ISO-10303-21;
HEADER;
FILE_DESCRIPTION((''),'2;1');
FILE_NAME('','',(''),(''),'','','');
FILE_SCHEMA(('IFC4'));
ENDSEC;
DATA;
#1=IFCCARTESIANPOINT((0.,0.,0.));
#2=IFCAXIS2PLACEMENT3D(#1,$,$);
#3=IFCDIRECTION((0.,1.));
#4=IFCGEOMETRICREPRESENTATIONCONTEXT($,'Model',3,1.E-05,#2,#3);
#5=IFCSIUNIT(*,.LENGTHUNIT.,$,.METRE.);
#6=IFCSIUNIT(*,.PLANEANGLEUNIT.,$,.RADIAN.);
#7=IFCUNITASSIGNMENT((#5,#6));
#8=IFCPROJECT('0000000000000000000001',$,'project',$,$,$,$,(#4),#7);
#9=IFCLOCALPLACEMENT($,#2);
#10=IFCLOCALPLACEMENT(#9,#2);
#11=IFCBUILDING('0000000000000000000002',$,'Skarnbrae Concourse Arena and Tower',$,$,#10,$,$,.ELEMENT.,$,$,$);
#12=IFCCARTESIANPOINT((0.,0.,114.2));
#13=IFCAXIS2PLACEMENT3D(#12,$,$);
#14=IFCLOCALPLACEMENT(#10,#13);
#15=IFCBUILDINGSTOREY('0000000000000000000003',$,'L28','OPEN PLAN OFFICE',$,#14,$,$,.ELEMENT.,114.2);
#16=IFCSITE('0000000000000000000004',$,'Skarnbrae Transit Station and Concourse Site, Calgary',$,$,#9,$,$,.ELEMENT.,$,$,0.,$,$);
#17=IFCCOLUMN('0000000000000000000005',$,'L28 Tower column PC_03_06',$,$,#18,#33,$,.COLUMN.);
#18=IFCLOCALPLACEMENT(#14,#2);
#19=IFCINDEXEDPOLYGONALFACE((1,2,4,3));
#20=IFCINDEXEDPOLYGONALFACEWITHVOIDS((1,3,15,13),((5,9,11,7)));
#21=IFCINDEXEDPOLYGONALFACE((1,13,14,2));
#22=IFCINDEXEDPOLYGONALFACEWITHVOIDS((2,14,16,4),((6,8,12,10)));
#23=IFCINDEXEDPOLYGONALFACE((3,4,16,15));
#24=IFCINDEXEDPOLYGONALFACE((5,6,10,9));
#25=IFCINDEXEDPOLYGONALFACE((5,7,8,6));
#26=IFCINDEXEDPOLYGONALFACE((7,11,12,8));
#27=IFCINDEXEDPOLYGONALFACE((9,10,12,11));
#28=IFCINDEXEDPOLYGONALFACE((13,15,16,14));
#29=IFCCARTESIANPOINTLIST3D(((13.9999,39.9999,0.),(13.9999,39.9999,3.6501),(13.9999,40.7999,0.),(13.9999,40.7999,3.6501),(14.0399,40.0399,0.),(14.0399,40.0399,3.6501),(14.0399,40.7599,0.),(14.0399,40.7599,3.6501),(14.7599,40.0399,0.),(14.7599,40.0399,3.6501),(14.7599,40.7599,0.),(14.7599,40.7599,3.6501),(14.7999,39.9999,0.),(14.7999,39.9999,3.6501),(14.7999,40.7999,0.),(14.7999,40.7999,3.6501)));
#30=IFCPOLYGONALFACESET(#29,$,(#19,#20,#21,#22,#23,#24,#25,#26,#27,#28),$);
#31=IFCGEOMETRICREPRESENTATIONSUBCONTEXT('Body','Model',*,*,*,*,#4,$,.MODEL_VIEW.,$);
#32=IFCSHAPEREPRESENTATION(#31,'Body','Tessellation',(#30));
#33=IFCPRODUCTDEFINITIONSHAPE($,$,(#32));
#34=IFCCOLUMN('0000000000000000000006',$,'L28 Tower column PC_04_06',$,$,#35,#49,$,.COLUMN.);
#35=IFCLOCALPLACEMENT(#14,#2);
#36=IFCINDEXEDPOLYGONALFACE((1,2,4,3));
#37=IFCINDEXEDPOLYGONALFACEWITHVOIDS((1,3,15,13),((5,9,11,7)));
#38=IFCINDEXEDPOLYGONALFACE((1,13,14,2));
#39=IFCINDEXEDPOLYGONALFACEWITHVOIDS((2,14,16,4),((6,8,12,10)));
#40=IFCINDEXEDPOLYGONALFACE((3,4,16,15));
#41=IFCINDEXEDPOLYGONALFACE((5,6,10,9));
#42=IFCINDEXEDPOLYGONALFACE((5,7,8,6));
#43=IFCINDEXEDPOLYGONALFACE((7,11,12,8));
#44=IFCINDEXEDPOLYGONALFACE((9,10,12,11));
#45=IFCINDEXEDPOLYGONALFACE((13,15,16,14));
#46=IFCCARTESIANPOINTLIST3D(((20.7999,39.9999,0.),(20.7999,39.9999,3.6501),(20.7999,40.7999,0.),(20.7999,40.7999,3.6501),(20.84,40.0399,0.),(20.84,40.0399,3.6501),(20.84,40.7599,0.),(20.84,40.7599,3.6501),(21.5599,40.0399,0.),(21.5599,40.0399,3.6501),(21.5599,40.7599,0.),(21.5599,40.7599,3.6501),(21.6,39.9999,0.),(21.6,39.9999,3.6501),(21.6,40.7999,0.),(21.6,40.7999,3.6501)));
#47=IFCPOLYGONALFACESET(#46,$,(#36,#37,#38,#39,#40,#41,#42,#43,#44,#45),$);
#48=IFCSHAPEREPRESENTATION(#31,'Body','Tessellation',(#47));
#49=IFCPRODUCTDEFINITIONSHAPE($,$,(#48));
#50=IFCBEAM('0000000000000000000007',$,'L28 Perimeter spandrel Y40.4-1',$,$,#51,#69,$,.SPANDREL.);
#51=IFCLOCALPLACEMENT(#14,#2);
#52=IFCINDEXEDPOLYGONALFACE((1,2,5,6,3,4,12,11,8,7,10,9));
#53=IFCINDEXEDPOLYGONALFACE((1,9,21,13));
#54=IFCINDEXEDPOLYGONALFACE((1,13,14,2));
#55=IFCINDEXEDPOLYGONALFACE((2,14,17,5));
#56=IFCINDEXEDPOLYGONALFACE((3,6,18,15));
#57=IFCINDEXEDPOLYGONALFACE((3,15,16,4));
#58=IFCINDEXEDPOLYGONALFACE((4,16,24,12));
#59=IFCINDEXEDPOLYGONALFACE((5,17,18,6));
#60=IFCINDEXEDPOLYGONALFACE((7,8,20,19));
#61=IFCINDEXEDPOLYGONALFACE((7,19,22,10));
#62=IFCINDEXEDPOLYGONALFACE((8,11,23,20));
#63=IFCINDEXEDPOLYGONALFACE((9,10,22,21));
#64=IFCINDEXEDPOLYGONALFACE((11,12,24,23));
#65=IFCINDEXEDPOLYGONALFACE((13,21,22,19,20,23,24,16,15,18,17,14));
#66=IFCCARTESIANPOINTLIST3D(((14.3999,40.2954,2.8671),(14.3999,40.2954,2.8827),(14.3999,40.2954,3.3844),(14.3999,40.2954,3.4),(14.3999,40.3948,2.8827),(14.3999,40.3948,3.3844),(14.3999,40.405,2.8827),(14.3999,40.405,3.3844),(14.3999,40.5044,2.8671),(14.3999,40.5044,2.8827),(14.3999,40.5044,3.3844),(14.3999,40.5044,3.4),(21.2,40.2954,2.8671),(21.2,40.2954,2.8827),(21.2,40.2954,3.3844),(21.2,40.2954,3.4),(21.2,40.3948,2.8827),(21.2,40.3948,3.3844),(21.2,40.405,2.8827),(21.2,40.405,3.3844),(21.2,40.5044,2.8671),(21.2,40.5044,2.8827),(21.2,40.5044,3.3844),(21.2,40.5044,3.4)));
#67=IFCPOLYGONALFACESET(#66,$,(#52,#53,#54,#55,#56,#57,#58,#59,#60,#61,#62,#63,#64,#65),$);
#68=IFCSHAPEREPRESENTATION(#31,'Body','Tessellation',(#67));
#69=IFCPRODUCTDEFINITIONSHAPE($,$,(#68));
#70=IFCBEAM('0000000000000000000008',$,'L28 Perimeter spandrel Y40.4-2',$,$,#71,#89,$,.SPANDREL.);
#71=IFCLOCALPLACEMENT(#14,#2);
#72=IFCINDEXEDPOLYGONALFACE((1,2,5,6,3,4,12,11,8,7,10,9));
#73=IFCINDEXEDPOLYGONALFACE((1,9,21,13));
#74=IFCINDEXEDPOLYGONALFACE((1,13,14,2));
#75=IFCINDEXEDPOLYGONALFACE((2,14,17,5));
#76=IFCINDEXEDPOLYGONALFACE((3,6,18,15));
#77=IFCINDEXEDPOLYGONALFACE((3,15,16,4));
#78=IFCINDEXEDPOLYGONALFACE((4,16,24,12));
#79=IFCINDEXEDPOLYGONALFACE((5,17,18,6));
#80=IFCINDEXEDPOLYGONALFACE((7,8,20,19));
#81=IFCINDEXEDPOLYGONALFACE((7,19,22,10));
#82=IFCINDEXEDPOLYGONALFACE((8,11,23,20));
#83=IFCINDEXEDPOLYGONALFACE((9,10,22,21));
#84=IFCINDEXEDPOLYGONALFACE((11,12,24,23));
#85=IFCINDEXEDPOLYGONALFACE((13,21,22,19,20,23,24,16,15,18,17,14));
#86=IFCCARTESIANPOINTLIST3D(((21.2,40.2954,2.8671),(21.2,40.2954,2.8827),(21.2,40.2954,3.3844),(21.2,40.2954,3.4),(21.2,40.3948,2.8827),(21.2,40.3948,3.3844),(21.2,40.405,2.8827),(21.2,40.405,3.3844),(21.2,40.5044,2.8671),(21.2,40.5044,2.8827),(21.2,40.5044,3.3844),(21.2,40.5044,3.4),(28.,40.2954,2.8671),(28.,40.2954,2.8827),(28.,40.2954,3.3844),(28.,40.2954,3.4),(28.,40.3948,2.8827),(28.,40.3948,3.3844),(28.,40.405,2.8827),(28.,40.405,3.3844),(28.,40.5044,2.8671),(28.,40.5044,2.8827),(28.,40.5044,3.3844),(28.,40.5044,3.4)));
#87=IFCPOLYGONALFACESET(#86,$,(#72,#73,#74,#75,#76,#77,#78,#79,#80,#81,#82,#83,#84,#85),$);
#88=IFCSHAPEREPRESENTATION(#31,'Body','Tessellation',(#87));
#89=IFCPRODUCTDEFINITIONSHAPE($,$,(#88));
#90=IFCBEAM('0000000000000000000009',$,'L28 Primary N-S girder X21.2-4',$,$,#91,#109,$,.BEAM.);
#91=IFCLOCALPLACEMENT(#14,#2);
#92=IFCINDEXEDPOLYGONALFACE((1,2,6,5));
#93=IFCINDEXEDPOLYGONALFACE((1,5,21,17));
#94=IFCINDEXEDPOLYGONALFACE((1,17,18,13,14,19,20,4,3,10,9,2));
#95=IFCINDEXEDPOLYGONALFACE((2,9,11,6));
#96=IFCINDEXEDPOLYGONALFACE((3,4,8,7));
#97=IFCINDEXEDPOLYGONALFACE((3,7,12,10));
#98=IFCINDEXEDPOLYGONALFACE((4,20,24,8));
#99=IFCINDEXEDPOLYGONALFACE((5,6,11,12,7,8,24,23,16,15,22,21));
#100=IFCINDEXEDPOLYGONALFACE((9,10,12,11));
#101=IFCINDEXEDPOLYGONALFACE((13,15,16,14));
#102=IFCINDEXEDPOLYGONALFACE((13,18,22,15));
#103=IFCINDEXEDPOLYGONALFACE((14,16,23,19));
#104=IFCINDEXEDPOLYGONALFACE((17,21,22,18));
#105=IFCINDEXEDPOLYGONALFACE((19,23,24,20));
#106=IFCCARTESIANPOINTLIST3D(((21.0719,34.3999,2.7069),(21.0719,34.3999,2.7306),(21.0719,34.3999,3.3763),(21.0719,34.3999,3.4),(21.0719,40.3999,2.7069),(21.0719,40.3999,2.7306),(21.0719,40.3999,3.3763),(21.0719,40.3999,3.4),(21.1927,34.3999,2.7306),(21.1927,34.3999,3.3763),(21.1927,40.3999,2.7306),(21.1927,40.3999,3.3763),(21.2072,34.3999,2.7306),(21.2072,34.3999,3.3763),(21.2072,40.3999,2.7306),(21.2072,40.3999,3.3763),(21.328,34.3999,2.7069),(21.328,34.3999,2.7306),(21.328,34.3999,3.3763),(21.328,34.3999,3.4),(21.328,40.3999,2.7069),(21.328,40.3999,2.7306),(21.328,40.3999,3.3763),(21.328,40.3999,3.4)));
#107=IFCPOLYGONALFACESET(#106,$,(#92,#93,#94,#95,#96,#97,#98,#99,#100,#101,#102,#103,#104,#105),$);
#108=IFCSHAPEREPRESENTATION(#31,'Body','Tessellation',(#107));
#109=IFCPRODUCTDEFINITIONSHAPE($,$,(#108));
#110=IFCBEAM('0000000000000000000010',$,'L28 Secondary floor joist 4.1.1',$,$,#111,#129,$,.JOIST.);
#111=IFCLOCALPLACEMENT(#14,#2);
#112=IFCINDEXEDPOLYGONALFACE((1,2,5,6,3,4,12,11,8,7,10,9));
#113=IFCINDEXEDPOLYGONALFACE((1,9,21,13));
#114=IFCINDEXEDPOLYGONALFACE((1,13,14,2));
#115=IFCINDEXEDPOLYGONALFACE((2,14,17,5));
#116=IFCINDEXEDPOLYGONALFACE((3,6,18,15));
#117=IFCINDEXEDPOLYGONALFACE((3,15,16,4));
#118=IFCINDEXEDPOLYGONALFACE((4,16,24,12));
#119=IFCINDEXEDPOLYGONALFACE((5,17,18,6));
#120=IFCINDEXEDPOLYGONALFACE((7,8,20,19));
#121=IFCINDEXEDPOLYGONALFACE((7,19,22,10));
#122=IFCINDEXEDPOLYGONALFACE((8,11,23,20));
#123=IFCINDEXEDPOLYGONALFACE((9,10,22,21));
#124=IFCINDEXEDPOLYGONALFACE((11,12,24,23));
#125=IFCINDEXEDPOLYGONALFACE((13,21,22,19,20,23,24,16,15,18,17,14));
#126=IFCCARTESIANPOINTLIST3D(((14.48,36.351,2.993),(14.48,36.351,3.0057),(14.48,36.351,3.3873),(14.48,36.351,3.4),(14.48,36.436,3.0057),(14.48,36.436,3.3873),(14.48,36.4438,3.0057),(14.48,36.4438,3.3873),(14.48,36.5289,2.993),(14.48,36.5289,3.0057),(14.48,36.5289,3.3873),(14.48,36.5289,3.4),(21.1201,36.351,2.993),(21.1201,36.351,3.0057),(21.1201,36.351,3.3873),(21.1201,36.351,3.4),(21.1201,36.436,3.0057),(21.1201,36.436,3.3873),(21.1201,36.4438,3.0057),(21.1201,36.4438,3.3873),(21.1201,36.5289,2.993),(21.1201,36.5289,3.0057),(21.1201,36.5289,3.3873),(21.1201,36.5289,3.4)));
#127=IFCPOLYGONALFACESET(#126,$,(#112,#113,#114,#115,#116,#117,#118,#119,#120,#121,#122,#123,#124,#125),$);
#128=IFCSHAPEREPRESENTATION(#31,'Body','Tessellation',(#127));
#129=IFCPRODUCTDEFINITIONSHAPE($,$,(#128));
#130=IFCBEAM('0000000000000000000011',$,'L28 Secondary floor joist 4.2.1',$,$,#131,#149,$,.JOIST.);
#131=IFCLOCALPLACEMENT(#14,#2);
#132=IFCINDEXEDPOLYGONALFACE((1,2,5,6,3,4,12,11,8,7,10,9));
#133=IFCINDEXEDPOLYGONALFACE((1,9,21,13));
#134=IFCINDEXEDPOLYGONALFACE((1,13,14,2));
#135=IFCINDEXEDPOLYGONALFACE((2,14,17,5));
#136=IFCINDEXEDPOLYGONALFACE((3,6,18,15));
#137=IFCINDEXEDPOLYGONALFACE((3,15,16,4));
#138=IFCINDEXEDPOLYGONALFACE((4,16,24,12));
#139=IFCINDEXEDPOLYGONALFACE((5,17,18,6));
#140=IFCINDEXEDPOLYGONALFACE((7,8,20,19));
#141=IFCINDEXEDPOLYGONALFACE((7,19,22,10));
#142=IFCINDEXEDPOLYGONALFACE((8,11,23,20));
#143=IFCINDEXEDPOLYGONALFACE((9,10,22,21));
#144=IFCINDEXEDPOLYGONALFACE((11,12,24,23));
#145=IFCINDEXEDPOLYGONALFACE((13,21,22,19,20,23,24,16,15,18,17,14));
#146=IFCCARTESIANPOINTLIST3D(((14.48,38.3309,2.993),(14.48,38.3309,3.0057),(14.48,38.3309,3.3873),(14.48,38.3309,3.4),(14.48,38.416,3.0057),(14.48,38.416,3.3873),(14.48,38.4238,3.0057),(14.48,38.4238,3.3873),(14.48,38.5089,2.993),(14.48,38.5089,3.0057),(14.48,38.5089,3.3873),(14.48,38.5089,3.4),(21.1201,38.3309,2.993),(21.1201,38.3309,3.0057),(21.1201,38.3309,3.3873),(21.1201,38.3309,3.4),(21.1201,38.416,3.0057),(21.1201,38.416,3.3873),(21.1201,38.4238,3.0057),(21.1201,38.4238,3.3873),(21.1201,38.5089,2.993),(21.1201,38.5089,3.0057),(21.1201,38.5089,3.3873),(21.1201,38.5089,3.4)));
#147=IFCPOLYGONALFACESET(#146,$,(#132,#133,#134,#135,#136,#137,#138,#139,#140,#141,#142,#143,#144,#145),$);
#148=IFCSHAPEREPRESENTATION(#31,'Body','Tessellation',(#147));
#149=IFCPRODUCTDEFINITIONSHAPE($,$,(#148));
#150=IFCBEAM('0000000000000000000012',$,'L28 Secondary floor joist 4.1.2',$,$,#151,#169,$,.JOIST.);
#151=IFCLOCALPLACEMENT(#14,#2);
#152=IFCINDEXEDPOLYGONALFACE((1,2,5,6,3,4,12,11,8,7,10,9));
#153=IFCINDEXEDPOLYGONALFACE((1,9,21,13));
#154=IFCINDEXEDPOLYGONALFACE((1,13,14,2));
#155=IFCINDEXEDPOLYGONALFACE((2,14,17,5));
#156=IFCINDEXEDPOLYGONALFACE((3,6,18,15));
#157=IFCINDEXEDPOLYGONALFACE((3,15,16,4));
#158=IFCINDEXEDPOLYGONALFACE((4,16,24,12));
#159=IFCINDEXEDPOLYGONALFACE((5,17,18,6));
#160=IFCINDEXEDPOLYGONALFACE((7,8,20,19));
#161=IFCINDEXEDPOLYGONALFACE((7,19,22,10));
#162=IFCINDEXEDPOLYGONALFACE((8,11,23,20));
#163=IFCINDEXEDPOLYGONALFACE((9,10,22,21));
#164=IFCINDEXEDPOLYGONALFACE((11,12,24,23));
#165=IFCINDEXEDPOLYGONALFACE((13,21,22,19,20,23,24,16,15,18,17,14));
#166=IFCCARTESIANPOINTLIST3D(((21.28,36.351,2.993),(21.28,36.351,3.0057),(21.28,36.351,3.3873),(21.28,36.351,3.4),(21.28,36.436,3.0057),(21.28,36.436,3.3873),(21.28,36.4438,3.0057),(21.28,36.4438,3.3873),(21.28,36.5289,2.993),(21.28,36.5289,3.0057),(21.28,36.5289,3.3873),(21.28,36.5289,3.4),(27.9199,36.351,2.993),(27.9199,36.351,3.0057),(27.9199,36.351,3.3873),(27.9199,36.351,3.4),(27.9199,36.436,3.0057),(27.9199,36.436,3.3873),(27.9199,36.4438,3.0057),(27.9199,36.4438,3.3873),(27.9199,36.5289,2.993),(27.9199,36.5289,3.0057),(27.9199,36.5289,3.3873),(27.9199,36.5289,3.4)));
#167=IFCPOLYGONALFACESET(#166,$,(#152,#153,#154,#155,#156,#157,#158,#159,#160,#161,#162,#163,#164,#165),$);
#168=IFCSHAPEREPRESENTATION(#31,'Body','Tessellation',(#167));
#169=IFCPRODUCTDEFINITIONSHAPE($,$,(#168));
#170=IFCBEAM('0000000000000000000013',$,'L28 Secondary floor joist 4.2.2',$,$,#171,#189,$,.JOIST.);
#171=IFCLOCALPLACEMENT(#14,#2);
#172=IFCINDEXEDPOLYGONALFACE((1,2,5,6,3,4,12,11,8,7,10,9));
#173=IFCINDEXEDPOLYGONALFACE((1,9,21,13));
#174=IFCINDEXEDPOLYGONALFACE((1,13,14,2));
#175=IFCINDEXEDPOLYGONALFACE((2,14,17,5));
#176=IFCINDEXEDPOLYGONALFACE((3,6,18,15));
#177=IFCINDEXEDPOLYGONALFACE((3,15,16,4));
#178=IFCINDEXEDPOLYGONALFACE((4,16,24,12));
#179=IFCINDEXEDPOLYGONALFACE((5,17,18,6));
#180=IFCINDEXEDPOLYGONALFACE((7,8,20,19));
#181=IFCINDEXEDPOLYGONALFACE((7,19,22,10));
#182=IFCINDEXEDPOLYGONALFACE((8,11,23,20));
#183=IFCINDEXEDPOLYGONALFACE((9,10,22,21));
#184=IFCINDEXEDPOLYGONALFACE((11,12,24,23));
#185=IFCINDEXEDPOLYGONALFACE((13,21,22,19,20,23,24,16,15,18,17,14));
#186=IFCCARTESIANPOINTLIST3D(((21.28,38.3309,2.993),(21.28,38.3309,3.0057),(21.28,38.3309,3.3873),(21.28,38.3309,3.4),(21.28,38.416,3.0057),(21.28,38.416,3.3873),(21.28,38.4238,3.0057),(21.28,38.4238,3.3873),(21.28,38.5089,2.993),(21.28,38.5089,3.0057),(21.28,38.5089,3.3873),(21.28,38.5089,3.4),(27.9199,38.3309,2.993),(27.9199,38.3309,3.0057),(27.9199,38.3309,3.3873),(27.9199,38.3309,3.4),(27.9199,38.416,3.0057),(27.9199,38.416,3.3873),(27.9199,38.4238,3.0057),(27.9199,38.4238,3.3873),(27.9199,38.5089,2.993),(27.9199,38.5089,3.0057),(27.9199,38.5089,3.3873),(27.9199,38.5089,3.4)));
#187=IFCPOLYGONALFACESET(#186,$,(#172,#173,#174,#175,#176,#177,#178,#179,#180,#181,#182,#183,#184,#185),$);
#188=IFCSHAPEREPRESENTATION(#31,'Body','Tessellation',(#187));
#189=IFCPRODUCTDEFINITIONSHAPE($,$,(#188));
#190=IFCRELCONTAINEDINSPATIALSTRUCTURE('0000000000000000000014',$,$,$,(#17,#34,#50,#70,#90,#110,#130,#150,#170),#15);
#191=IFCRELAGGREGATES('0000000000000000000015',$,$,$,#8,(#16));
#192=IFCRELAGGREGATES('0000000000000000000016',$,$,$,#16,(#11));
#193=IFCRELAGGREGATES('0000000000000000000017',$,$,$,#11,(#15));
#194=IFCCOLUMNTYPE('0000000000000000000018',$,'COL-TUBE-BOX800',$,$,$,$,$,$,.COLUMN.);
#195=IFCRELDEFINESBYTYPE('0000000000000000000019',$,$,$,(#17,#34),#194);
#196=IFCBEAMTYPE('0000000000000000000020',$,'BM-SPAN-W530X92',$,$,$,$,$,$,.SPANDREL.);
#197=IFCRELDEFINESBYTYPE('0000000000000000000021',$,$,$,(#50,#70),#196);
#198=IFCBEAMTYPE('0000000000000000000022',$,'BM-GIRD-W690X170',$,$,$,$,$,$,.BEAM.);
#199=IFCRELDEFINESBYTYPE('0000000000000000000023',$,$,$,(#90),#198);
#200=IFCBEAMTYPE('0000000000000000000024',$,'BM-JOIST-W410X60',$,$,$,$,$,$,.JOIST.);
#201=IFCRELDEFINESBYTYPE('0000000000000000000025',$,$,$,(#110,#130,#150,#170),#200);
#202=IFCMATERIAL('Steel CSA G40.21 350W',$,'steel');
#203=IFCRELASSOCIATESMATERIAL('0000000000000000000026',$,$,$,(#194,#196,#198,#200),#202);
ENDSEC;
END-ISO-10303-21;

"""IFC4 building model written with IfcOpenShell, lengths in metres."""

from ifc_helpers import new_model, si_unit, direction, frame, origin, origin_2d, place, context, subcontext, project, spatial, hollow_rectangle, i_section, extrude, source, transform, mapped, material, material_profile, profile_set, type_object, element, save


model = new_model("IFC4")

# Units and contexts
model_context = context("Model", 3, precision=1e-05, world=origin(), true_north=direction((0.0, 1.0)))
body_context = subcontext(model_context, "Body", "Model", "MODEL_VIEW")
ifc_project = project(units=[si_unit("LENGTHUNIT", "METRE"), si_unit("PLANEANGLEUNIT", "RADIAN")], contexts=[model_context])

# Site, building, storey
site_placement = place(None, origin())
site = spatial("IfcSite", under=ifc_project, at=site_placement, Name="Skarnbrae Transit Station and Concourse Site, Calgary", CompositionType="ELEMENT", RefElevation=0.0)
building_placement = place(site_placement, origin())
building = spatial("IfcBuilding", under=site, at=building_placement, Name="Skarnbrae Concourse Arena and Tower", CompositionType="ELEMENT")
storey_placement = place(building_placement, frame((0.0, 0.0, 114.2)))
storey = spatial("IfcBuildingStorey", under=building, at=storey_placement, Name="L28", Description="OPEN PLAN OFFICE", CompositionType="ELEMENT", Elevation=114.2)

# Columns
ifc_material_1 = material(Name="Steel CSA G40.21 350W", Category="steel")
ifc_material_profile_1 = material_profile(ifc_material_1, hollow_rectangle(XDim=0.8, YDim=0.8, WallThickness=0.04, at=origin_2d()), Name="BOX800X800X40")
ifc_profile_set_1 = profile_set([ifc_material_profile_1], Name="Steel CSA G40.21 350W")
column_type = type_object("IfcColumnType", Name="COL-TUBE-BOX800", PredefinedType="COLUMN", material=ifc_profile_set_1)
shared_shape_1 = source(origin(), body_context, "Body", "SweptSolid", [
    extrude(hollow_rectangle(XDim=0.8, YDim=0.8, WallThickness=0.04, at=origin_2d()), origin(), (0.0, 0.0, 1.0), 3.6501),
])
for number, where, z_axis, x_axis, name in (
    (1, (14.3999, 40.3999, 0.0), (0.0, 0.0, 1.0), (1.0, 0.0, 0.0), "L28 Tower column PC_03_06"),
    (2, (21.2, 40.3999, 0.0), (0.0, 0.0, 1.0), (1.0, 0.0, 0.0), "L28 Tower column PC_04_06"),
):
    element("IfcColumn", number, at=place(storey_placement, frame(where, z_axis=z_axis, x_axis=x_axis)), inside=storey, type_object=column_type, Name=name, PredefinedType="COLUMN", context=body_context, shape_type="MappedRepresentation", body=[
        mapped(shared_shape_1, transform((0.0, 0.0, 0.0))),
    ])

# Beams
ifc_material_profile_2 = material_profile(ifc_material_1, i_section(OverallWidth=0.209, OverallDepth=0.533, WebThickness=0.0103, FlangeThickness=0.0156, at=origin_2d()), Name="W530X92")
ifc_profile_set_2 = profile_set([ifc_material_profile_2], Name="Steel CSA G40.21 350W")
beam_type_1 = type_object("IfcBeamType", Name="BM-SPAN-W530X92", PredefinedType="SPANDREL", material=ifc_profile_set_2)
shared_shape_2 = source(origin(), body_context, "Body", "SweptSolid", [
    extrude(i_section(OverallWidth=0.209, OverallDepth=0.533, WebThickness=0.0103, FlangeThickness=0.0156, at=origin_2d()), origin(), (0.0, 0.0, 1.0), 6.8),
])
for number, where, z_axis, x_axis, name in (
    (3, (14.3999, 40.3999, 3.1335), (1.0, 0.0, 0.0), (0.0, 1.0, 0.0), "L28 Perimeter spandrel Y40.4-1"),
    (4, (21.2, 40.3999, 3.1335), (1.0, 0.0, 0.0), (0.0, 1.0, 0.0), "L28 Perimeter spandrel Y40.4-2"),
):
    element("IfcBeam", number, at=place(storey_placement, frame(where, z_axis=z_axis, x_axis=x_axis)), inside=storey, type_object=beam_type_1, Name=name, PredefinedType="SPANDREL", context=body_context, shape_type="MappedRepresentation", body=[
        mapped(shared_shape_2, transform((0.0, 0.0, 0.0))),
    ])
ifc_material_profile_3 = material_profile(ifc_material_1, i_section(OverallWidth=0.2561, OverallDepth=0.6931, WebThickness=0.0144, FlangeThickness=0.0237, at=origin_2d()), Name="W690X170")
ifc_profile_set_3 = profile_set([ifc_material_profile_3], Name="Steel CSA G40.21 350W")
beam_type_2 = type_object("IfcBeamType", Name="BM-GIRD-W690X170", PredefinedType="BEAM", material=ifc_profile_set_3)
shared_shape_3 = source(origin(), body_context, "Body", "SweptSolid", [
    extrude(i_section(OverallWidth=0.2561, OverallDepth=0.6931, WebThickness=0.0144, FlangeThickness=0.0237, at=origin_2d()), origin(), (0.0, 0.0, 1.0), 6.0),
])
beam_placement = place(storey_placement, frame((21.2, 34.3999, 3.0535), z_axis=(0.0, 1.0, 0.0), x_axis=(-1.0, 0.0, 0.0)))
element("IfcBeam", 5, at=beam_placement, inside=storey, type_object=beam_type_2, Name="L28 Primary N-S girder X21.2-4", PredefinedType="BEAM", context=body_context, shape_type="MappedRepresentation", body=[
    mapped(shared_shape_3, transform((0.0, 0.0, 0.0))),
])
ifc_material_profile_4 = material_profile(ifc_material_1, i_section(OverallWidth=0.178, OverallDepth=0.407, WebThickness=0.0078, FlangeThickness=0.0127, at=origin_2d()), Name="W410X60")
ifc_profile_set_4 = profile_set([ifc_material_profile_4], Name="Steel CSA G40.21 350W")
beam_type_3 = type_object("IfcBeamType", Name="BM-JOIST-W410X60", PredefinedType="JOIST", material=ifc_profile_set_4)
shared_shape_4 = source(origin(), body_context, "Body", "SweptSolid", [
    extrude(i_section(OverallWidth=0.178, OverallDepth=0.407, WebThickness=0.0078, FlangeThickness=0.0127, at=origin_2d()), origin(), (0.0, 0.0, 1.0), 6.6401),
])
for number, where, z_axis, x_axis, name in (
    (6, (14.48, 36.4399, 3.1965), (1.0, 0.0, 0.0), (0.0, 1.0, 0.0), "L28 Secondary floor joist 4.1.1"),
    (7, (14.48, 38.4199, 3.1965), (1.0, 0.0, 0.0), (0.0, 1.0, 0.0), "L28 Secondary floor joist 4.2.1"),
):
    element("IfcBeam", number, at=place(storey_placement, frame(where, z_axis=z_axis, x_axis=x_axis)), inside=storey, type_object=beam_type_3, Name=name, PredefinedType="JOIST", context=body_context, shape_type="MappedRepresentation", body=[
        mapped(shared_shape_4, transform((0.0, 0.0, 0.0))),
    ])
shared_shape_5 = source(origin(), body_context, "Body", "SweptSolid", [
    extrude(i_section(OverallWidth=0.178, OverallDepth=0.407, WebThickness=0.0078, FlangeThickness=0.0127, at=origin_2d()), origin(), (0.0, 0.0, 1.0), 6.6399),
])
for number, where, z_axis, x_axis, name in (
    (8, (21.28, 36.4399, 3.1965), (1.0, 0.0, 0.0), (0.0, 1.0, 0.0), "L28 Secondary floor joist 4.1.2"),
    (9, (21.28, 38.4199, 3.1965), (1.0, 0.0, 0.0), (0.0, 1.0, 0.0), "L28 Secondary floor joist 4.2.2"),
):
    element("IfcBeam", number, at=place(storey_placement, frame(where, z_axis=z_axis, x_axis=x_axis)), inside=storey, type_object=beam_type_3, Name=name, PredefinedType="JOIST", context=body_context, shape_type="MappedRepresentation", body=[
        mapped(shared_shape_5, transform((0.0, 0.0, 0.0))),
    ])

save(model, "model.ifc")
